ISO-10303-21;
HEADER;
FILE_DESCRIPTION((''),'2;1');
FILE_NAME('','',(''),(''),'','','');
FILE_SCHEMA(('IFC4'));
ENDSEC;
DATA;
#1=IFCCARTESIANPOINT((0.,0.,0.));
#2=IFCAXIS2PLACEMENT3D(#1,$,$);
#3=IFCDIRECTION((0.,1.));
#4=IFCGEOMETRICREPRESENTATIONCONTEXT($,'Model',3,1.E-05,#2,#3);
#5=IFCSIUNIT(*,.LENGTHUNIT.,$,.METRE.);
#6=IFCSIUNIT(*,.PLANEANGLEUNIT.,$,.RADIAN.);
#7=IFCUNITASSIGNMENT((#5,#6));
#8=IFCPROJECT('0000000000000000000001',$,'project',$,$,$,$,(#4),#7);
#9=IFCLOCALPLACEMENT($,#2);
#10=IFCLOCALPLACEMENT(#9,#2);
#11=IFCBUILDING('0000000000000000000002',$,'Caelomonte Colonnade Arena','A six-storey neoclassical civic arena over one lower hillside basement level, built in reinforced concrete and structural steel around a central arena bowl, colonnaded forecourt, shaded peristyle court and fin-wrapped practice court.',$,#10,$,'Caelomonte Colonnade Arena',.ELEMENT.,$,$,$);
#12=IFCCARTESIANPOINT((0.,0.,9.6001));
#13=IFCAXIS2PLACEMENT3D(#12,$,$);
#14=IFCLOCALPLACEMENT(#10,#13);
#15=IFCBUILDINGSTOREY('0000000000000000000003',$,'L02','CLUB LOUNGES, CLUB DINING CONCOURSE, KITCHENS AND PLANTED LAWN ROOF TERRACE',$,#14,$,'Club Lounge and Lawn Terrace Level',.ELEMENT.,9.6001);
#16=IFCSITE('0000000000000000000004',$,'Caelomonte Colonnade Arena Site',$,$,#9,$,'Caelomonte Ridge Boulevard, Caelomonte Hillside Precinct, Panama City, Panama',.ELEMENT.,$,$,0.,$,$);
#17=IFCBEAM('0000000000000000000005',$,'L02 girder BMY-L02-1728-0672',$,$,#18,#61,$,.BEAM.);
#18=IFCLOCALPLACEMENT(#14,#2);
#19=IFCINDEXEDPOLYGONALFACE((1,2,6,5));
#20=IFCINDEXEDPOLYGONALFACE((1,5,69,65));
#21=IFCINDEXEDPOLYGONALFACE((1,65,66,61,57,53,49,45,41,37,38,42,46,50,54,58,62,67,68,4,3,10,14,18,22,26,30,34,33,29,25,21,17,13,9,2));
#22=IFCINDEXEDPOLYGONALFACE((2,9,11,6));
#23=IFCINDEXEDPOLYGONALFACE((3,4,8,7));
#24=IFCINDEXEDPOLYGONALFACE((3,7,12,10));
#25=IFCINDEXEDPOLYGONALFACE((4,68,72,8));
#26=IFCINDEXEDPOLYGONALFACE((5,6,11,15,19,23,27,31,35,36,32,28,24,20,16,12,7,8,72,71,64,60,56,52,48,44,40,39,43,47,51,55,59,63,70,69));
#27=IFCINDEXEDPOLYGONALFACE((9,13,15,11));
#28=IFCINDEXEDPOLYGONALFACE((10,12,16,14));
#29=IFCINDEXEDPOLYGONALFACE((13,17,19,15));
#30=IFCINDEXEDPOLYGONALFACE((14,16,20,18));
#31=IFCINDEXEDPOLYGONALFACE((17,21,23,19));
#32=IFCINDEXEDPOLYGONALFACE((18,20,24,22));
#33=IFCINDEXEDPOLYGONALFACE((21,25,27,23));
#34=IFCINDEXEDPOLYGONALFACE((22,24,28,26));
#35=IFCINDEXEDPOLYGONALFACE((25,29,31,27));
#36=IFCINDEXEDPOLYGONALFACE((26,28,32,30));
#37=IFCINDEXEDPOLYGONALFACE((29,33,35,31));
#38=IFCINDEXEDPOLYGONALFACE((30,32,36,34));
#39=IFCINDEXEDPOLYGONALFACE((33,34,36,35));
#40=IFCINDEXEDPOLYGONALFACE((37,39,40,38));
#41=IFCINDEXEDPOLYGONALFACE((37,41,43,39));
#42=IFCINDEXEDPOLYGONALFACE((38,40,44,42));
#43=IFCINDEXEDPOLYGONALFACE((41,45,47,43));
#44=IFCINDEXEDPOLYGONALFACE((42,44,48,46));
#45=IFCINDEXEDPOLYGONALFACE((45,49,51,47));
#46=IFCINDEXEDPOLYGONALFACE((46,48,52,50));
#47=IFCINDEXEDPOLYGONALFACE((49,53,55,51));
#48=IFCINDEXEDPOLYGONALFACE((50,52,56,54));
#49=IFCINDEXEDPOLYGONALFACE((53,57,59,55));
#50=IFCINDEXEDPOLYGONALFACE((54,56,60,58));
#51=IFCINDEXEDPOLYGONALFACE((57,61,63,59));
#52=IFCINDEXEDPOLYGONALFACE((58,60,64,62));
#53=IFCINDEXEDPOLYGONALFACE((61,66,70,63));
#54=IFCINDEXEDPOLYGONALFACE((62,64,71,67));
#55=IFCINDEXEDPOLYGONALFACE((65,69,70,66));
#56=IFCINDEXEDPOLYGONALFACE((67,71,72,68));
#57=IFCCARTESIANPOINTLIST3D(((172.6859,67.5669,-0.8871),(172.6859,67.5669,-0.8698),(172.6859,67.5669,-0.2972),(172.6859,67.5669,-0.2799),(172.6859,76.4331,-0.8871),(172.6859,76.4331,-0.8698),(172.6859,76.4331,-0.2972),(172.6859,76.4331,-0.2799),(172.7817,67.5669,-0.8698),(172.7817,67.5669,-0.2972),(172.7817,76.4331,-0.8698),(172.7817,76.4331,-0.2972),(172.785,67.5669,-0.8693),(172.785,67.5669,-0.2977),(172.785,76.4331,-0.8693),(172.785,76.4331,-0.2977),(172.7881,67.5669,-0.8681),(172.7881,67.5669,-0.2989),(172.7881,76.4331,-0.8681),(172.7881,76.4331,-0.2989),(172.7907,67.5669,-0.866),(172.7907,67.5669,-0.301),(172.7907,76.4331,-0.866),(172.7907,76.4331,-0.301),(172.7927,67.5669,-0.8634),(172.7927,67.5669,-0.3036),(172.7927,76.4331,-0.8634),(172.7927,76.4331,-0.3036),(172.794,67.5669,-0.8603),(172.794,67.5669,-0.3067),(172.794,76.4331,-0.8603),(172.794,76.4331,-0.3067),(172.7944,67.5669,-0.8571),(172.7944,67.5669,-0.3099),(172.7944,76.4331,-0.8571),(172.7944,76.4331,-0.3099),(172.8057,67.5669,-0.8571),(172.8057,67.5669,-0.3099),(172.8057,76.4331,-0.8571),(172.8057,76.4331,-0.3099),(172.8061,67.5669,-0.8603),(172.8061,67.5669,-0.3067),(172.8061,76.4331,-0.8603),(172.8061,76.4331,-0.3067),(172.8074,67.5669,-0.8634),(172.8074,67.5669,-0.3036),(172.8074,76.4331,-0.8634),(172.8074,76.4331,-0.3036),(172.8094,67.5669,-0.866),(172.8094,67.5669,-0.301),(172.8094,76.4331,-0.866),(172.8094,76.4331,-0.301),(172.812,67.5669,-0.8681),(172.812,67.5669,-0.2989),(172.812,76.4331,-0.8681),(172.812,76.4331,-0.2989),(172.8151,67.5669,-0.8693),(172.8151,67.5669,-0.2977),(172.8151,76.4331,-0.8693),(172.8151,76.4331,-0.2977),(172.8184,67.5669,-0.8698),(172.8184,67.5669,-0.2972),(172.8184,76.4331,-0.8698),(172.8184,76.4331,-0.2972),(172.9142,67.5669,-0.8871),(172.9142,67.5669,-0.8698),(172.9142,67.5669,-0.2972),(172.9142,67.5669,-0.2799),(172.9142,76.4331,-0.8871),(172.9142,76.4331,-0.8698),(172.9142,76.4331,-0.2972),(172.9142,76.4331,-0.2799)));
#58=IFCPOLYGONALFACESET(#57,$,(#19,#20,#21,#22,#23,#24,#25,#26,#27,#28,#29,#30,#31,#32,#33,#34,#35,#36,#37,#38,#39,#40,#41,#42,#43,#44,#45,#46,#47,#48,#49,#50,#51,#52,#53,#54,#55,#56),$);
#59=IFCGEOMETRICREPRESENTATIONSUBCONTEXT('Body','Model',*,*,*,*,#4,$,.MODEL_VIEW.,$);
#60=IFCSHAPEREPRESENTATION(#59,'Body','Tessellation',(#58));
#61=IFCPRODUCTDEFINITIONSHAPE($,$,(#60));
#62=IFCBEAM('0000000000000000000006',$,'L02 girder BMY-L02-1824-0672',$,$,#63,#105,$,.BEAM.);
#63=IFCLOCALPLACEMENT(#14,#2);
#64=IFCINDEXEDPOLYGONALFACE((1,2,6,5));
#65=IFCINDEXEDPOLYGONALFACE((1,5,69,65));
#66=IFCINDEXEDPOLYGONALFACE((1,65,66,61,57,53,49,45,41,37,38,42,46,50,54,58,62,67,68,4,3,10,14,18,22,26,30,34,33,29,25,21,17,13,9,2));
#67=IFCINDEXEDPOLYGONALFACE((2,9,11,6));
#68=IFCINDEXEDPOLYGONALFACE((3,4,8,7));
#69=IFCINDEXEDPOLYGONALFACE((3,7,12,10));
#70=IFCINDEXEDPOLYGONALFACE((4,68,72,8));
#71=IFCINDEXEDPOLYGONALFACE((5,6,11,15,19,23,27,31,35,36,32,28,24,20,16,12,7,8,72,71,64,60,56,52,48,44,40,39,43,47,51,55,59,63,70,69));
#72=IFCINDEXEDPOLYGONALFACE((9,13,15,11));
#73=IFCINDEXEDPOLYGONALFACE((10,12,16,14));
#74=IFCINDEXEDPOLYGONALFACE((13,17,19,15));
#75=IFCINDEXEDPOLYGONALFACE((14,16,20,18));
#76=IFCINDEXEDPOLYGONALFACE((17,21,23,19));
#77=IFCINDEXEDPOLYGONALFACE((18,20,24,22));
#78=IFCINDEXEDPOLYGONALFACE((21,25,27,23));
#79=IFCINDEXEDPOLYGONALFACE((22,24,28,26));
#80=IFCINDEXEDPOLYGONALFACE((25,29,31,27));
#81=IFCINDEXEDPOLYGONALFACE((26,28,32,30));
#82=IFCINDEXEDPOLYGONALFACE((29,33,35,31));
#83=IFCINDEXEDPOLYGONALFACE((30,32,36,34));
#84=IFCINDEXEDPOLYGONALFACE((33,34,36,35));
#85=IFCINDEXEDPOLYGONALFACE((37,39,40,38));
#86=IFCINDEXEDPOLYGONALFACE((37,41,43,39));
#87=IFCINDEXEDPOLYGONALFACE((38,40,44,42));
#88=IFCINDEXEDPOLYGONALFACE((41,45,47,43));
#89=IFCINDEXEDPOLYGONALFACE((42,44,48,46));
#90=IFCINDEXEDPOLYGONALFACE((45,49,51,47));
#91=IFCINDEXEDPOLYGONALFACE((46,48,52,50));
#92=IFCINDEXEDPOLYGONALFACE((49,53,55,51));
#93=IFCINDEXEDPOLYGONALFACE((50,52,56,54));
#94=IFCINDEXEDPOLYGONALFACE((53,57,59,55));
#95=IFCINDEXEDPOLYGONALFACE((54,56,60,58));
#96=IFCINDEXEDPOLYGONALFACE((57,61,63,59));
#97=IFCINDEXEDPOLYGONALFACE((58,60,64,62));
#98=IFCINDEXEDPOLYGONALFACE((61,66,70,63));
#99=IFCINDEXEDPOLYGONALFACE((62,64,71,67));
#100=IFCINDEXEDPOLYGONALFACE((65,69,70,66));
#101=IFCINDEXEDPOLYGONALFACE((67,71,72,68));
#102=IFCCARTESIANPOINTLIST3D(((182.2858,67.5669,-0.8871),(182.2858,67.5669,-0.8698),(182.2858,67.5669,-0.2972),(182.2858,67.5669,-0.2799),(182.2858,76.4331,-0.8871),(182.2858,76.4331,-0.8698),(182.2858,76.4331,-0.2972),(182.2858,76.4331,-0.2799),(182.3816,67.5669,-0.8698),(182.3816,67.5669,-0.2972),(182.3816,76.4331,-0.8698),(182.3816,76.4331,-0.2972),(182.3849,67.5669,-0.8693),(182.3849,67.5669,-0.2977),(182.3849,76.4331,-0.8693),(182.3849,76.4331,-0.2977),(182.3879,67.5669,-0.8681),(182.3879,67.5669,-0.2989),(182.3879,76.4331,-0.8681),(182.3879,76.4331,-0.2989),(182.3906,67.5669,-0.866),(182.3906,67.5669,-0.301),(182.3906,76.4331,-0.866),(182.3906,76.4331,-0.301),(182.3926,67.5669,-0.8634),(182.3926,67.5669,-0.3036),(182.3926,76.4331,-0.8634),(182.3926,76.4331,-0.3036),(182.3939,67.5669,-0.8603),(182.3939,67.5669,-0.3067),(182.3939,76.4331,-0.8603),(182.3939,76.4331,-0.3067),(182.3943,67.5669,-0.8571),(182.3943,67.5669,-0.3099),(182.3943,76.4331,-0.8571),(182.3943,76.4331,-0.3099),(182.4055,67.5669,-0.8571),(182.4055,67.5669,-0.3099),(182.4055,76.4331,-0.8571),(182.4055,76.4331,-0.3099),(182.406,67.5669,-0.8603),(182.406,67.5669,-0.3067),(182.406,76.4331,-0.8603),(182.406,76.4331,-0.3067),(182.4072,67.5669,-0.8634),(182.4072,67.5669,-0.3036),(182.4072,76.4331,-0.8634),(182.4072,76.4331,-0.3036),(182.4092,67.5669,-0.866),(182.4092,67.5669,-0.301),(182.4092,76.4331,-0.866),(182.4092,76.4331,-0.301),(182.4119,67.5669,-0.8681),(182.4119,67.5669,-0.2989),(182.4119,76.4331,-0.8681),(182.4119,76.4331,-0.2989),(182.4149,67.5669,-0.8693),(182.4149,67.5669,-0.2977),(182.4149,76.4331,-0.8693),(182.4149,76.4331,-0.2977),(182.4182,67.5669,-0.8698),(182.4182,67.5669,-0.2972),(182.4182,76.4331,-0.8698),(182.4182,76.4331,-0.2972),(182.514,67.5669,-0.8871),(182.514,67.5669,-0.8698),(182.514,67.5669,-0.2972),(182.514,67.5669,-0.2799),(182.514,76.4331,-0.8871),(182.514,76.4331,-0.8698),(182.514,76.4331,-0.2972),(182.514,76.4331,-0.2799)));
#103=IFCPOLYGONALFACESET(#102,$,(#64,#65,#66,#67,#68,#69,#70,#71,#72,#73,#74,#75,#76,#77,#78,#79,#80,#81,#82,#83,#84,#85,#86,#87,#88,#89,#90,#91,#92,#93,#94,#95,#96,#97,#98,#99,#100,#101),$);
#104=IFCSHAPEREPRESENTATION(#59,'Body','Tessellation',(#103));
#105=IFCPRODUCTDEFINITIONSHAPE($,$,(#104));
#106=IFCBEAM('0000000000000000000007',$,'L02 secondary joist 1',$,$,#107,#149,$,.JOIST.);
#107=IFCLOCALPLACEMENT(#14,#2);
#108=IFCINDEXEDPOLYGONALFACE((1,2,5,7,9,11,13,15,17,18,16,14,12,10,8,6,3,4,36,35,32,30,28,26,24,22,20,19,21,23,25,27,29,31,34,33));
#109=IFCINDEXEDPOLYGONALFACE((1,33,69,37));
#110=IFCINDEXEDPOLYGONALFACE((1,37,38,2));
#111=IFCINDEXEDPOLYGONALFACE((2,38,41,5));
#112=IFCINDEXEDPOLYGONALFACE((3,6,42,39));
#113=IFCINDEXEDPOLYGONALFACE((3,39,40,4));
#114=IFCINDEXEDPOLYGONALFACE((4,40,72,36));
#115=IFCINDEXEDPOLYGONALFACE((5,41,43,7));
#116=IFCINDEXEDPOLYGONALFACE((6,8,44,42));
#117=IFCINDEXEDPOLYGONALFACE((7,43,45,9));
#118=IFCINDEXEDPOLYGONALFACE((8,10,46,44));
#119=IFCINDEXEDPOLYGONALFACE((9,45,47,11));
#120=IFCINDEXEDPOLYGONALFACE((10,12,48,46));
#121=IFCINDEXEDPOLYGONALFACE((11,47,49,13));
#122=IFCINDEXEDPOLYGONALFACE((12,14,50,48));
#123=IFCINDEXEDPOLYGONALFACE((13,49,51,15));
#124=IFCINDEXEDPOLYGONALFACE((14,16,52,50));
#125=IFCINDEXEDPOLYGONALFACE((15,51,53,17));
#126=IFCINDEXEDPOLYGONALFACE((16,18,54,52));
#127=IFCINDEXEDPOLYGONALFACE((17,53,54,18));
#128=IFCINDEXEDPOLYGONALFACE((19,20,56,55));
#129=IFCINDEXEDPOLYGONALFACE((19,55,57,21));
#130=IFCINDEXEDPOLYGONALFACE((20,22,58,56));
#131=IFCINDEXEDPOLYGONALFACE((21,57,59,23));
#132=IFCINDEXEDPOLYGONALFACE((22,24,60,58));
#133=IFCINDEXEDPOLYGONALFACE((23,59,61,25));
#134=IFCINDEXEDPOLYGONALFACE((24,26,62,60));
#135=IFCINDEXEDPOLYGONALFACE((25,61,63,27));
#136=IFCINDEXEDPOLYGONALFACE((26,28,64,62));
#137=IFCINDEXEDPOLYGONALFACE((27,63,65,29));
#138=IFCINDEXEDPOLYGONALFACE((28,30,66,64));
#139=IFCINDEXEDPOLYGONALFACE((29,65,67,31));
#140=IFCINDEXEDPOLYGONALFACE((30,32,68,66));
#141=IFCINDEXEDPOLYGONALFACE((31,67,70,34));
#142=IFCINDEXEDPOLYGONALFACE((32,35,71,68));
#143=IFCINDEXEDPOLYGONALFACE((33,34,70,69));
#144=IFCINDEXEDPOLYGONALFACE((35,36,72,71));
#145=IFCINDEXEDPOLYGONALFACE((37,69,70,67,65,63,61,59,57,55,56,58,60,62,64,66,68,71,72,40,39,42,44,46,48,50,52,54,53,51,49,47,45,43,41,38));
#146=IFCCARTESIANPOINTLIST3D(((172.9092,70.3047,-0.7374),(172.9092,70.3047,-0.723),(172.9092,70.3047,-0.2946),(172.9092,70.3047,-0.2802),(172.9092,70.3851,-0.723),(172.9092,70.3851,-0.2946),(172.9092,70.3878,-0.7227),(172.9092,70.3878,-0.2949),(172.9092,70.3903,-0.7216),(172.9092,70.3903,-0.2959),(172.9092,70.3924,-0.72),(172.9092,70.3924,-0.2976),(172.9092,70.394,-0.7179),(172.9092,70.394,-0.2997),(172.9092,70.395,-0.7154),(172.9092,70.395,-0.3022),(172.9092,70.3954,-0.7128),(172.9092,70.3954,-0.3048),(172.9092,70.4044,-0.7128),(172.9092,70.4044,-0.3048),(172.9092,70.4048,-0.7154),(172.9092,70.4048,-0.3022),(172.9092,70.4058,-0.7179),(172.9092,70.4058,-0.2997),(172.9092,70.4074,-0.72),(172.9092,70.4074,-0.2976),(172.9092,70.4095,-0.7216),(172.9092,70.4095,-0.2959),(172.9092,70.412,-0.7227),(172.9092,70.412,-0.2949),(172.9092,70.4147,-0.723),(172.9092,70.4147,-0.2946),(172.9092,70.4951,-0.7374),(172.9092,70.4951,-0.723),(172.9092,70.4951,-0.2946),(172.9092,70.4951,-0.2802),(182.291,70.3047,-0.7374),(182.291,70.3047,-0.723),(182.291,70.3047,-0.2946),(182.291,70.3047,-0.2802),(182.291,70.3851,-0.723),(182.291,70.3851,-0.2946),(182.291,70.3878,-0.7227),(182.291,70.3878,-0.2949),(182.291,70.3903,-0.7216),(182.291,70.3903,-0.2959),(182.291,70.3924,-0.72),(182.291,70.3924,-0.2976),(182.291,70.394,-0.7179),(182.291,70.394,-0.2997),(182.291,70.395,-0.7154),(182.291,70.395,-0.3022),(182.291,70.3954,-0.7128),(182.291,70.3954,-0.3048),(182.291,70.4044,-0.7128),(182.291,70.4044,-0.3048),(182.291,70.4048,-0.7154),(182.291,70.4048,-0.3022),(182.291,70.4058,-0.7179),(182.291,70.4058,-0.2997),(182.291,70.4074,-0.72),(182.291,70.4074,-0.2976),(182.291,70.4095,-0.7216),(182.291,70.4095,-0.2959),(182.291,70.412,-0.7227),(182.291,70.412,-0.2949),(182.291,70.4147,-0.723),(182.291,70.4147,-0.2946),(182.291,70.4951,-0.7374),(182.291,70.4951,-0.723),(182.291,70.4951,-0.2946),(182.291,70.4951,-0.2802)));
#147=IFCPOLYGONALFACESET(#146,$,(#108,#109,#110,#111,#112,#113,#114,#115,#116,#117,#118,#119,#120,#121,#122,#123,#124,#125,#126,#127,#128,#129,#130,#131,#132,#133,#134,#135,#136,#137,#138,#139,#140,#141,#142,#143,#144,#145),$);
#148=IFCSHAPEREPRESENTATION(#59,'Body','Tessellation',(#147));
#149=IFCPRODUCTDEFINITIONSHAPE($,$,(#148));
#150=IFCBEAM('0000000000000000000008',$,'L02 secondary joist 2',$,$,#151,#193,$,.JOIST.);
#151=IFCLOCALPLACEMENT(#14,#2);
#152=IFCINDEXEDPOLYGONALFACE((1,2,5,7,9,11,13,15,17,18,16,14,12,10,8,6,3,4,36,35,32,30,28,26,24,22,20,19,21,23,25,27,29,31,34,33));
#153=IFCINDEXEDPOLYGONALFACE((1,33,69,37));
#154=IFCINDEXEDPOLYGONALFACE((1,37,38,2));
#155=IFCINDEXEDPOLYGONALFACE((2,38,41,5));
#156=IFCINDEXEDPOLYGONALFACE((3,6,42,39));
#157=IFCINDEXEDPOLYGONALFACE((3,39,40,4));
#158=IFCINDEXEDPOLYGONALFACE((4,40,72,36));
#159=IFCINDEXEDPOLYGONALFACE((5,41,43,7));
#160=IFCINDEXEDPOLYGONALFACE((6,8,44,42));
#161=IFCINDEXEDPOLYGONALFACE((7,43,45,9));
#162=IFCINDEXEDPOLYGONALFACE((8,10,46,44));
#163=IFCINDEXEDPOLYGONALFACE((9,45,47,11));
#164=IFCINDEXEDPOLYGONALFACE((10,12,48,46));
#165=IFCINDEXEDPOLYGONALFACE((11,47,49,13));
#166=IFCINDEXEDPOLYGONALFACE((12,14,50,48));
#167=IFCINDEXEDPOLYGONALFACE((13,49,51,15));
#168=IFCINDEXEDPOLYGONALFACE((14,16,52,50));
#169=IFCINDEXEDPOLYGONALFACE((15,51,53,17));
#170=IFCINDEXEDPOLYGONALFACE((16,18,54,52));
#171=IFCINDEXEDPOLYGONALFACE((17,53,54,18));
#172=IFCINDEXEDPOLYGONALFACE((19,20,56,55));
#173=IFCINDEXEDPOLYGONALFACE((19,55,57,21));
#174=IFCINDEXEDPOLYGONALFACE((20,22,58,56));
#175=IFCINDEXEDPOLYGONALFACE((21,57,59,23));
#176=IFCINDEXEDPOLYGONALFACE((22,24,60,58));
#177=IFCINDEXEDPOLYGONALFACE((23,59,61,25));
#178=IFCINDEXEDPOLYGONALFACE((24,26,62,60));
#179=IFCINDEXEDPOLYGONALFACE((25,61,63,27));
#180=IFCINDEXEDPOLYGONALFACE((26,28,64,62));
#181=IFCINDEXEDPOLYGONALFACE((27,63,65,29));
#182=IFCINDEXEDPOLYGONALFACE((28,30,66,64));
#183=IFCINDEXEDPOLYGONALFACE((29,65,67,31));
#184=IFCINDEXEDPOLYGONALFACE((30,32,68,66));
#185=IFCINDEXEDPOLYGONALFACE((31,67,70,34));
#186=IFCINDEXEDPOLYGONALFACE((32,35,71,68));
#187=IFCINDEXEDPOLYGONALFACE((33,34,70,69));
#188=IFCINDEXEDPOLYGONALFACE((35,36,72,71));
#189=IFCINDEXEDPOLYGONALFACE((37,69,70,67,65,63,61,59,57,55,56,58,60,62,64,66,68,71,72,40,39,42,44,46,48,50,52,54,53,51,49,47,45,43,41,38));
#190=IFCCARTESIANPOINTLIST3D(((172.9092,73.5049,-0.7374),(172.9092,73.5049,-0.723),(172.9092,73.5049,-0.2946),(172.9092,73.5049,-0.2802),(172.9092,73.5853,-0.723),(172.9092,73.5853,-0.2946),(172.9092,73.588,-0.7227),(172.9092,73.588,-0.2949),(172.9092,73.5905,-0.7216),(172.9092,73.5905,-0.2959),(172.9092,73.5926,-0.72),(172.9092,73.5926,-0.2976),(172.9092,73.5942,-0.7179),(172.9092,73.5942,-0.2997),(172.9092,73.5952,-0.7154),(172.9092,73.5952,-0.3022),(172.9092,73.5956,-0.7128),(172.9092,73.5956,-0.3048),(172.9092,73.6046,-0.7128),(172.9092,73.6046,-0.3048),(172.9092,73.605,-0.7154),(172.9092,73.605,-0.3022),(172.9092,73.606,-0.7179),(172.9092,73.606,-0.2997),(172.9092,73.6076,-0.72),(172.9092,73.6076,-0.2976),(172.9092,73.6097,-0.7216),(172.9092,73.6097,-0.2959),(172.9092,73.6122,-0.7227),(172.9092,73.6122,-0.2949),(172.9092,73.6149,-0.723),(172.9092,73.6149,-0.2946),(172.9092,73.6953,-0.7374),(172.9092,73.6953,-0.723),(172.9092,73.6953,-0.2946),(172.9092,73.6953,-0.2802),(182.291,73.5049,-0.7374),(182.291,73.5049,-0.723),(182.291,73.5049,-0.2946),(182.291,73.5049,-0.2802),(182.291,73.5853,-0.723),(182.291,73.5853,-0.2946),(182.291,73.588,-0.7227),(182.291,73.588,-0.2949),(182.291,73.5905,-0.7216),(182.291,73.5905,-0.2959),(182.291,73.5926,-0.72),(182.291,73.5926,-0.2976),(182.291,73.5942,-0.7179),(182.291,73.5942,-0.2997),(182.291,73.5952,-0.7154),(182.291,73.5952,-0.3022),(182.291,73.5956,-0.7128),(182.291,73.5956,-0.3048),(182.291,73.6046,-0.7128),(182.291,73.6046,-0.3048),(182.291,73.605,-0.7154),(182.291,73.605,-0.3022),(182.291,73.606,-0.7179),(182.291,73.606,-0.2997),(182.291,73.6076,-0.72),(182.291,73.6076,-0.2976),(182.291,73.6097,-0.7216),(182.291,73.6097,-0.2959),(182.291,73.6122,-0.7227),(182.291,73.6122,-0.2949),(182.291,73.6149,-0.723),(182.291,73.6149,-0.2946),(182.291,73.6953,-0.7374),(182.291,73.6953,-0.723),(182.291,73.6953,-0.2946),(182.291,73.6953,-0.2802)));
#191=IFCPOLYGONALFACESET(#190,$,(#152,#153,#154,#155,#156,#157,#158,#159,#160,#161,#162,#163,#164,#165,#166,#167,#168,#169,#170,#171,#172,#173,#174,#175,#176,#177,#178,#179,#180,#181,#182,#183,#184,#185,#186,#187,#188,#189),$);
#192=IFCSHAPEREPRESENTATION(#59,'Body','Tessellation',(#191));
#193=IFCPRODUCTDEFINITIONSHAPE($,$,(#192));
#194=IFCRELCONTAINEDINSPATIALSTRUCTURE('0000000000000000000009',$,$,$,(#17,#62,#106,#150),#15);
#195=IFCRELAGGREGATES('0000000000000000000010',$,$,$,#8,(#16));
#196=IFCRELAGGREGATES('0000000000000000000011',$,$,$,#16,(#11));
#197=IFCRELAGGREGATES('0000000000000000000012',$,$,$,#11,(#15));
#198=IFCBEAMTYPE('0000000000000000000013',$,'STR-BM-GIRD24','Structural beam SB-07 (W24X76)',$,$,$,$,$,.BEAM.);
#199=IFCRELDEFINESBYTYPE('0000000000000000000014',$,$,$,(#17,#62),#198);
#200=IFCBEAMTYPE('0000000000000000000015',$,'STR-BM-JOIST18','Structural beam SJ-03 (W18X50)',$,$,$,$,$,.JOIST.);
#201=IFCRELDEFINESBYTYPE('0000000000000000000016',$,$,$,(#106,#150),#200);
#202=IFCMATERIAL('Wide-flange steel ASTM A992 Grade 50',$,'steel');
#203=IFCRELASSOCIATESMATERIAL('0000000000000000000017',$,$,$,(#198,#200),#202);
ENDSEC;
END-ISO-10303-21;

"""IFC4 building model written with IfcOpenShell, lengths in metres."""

from ifc_helpers import new_model, si_unit, direction, frame, origin, origin_2d, place, context, subcontext, project, spatial, i_section, extrude, material, material_profile, profile_set, type_object, element, save


model = new_model("IFC4")

# Units and contexts
model_context = context("Model", 3, precision=1e-05, world=origin(), true_north=direction((0.0, 1.0)))
body_context = subcontext(model_context, "Body", "Model", "MODEL_VIEW")
ifc_project = project(units=[si_unit("LENGTHUNIT", "METRE"), si_unit("PLANEANGLEUNIT", "RADIAN")], contexts=[model_context])

# Site, building, storey
site_placement = place(None, origin())
site = spatial("IfcSite", under=ifc_project, at=site_placement, Name="Caelomonte Colonnade Arena Site", LongName="Caelomonte Ridge Boulevard, Caelomonte Hillside Precinct, Panama City, Panama", CompositionType="ELEMENT", RefElevation=0.0)
building_placement = place(site_placement, origin())
building = spatial("IfcBuilding", under=site, at=building_placement, Name="Caelomonte Colonnade Arena", Description="A six-storey neoclassical civic arena over one lower hillside basement level, built in reinforced concrete and structural steel around a central arena bowl, colonnaded forecourt, shaded peristyle court and fin-wrapped practice court.", LongName="Caelomonte Colonnade Arena", CompositionType="ELEMENT")
storey_placement = place(building_placement, frame((0.0, 0.0, 9.6001)))
storey = spatial("IfcBuildingStorey", under=building, at=storey_placement, Name="L02", Description="CLUB LOUNGES, CLUB DINING CONCOURSE, KITCHENS AND PLANTED LAWN ROOF TERRACE", LongName="Club Lounge and Lawn Terrace Level", CompositionType="ELEMENT", Elevation=9.6001)

# Beams
ifc_material_1 = material(Name="Wide-flange steel ASTM A992 Grade 50", Category="steel")
ifc_material_profile_1 = material_profile(ifc_material_1, i_section(OverallWidth=0.2283, OverallDepth=0.6072, WebThickness=0.0112, FlangeThickness=0.0173, FilletRadius=0.0127, at=origin_2d()), Name="W24X76")
ifc_profile_set_1 = profile_set([ifc_material_profile_1], Name="Wide-flange steel ASTM A992 Grade 50")
beam_type_1 = type_object("IfcBeamType", Name="STR-BM-GIRD24", Description="Structural beam SB-07 (W24X76)", PredefinedType="BEAM", material=ifc_profile_set_1)
for number, where, z_axis, x_axis, name in (
    (1, (172.8, 67.5669, -0.5835), (0.0, 1.0, 0.0), (-1.0, 0.0, 0.0), "L02 girder BMY-L02-1728-0672"),
    (2, (182.3999, 67.5669, -0.5835), (0.0, 1.0, 0.0), (-1.0, 0.0, 0.0), "L02 girder BMY-L02-1824-0672"),
):
    element("IfcBeam", number, at=place(storey_placement, frame(where, z_axis=z_axis, x_axis=x_axis)), inside=storey, type_object=beam_type_1, Name=name, PredefinedType="BEAM", context=body_context, shape_type="SweptSolid", body=[
        extrude(i_section(OverallWidth=0.2283, OverallDepth=0.6072, WebThickness=0.0112, FlangeThickness=0.0173, FilletRadius=0.0127, at=origin_2d()), origin(), (0.0, 0.0, 1.0), 8.8662),
    ])
ifc_material_profile_2 = material_profile(ifc_material_1, i_section(OverallWidth=0.1904, OverallDepth=0.4573, WebThickness=0.009, FlangeThickness=0.0144, FilletRadius=0.0103, at=origin_2d()), Name="W18X50")
ifc_profile_set_2 = profile_set([ifc_material_profile_2], Name="Wide-flange steel ASTM A992 Grade 50")
beam_type_2 = type_object("IfcBeamType", Name="STR-BM-JOIST18", Description="Structural beam SJ-03 (W18X50)", PredefinedType="JOIST", material=ifc_profile_set_2)
for number, where, z_axis, x_axis, name in (
    (3, (172.9092, 70.3999, -0.5088), (1.0, 0.0, 0.0), (0.0, 1.0, 0.0), "L02 secondary joist 1"),
    (4, (172.9092, 73.6001, -0.5088), (1.0, 0.0, 0.0), (0.0, 1.0, 0.0), "L02 secondary joist 2"),
):
    element("IfcBeam", number, at=place(storey_placement, frame(where, z_axis=z_axis, x_axis=x_axis)), inside=storey, type_object=beam_type_2, Name=name, PredefinedType="JOIST", context=body_context, shape_type="SweptSolid", body=[
        extrude(i_section(OverallWidth=0.1904, OverallDepth=0.4573, WebThickness=0.009, FlangeThickness=0.0144, FilletRadius=0.0103, at=origin_2d()), origin(), (0.0, 0.0, 1.0), 9.3818),
    ])

save(model, "model.ifc")
